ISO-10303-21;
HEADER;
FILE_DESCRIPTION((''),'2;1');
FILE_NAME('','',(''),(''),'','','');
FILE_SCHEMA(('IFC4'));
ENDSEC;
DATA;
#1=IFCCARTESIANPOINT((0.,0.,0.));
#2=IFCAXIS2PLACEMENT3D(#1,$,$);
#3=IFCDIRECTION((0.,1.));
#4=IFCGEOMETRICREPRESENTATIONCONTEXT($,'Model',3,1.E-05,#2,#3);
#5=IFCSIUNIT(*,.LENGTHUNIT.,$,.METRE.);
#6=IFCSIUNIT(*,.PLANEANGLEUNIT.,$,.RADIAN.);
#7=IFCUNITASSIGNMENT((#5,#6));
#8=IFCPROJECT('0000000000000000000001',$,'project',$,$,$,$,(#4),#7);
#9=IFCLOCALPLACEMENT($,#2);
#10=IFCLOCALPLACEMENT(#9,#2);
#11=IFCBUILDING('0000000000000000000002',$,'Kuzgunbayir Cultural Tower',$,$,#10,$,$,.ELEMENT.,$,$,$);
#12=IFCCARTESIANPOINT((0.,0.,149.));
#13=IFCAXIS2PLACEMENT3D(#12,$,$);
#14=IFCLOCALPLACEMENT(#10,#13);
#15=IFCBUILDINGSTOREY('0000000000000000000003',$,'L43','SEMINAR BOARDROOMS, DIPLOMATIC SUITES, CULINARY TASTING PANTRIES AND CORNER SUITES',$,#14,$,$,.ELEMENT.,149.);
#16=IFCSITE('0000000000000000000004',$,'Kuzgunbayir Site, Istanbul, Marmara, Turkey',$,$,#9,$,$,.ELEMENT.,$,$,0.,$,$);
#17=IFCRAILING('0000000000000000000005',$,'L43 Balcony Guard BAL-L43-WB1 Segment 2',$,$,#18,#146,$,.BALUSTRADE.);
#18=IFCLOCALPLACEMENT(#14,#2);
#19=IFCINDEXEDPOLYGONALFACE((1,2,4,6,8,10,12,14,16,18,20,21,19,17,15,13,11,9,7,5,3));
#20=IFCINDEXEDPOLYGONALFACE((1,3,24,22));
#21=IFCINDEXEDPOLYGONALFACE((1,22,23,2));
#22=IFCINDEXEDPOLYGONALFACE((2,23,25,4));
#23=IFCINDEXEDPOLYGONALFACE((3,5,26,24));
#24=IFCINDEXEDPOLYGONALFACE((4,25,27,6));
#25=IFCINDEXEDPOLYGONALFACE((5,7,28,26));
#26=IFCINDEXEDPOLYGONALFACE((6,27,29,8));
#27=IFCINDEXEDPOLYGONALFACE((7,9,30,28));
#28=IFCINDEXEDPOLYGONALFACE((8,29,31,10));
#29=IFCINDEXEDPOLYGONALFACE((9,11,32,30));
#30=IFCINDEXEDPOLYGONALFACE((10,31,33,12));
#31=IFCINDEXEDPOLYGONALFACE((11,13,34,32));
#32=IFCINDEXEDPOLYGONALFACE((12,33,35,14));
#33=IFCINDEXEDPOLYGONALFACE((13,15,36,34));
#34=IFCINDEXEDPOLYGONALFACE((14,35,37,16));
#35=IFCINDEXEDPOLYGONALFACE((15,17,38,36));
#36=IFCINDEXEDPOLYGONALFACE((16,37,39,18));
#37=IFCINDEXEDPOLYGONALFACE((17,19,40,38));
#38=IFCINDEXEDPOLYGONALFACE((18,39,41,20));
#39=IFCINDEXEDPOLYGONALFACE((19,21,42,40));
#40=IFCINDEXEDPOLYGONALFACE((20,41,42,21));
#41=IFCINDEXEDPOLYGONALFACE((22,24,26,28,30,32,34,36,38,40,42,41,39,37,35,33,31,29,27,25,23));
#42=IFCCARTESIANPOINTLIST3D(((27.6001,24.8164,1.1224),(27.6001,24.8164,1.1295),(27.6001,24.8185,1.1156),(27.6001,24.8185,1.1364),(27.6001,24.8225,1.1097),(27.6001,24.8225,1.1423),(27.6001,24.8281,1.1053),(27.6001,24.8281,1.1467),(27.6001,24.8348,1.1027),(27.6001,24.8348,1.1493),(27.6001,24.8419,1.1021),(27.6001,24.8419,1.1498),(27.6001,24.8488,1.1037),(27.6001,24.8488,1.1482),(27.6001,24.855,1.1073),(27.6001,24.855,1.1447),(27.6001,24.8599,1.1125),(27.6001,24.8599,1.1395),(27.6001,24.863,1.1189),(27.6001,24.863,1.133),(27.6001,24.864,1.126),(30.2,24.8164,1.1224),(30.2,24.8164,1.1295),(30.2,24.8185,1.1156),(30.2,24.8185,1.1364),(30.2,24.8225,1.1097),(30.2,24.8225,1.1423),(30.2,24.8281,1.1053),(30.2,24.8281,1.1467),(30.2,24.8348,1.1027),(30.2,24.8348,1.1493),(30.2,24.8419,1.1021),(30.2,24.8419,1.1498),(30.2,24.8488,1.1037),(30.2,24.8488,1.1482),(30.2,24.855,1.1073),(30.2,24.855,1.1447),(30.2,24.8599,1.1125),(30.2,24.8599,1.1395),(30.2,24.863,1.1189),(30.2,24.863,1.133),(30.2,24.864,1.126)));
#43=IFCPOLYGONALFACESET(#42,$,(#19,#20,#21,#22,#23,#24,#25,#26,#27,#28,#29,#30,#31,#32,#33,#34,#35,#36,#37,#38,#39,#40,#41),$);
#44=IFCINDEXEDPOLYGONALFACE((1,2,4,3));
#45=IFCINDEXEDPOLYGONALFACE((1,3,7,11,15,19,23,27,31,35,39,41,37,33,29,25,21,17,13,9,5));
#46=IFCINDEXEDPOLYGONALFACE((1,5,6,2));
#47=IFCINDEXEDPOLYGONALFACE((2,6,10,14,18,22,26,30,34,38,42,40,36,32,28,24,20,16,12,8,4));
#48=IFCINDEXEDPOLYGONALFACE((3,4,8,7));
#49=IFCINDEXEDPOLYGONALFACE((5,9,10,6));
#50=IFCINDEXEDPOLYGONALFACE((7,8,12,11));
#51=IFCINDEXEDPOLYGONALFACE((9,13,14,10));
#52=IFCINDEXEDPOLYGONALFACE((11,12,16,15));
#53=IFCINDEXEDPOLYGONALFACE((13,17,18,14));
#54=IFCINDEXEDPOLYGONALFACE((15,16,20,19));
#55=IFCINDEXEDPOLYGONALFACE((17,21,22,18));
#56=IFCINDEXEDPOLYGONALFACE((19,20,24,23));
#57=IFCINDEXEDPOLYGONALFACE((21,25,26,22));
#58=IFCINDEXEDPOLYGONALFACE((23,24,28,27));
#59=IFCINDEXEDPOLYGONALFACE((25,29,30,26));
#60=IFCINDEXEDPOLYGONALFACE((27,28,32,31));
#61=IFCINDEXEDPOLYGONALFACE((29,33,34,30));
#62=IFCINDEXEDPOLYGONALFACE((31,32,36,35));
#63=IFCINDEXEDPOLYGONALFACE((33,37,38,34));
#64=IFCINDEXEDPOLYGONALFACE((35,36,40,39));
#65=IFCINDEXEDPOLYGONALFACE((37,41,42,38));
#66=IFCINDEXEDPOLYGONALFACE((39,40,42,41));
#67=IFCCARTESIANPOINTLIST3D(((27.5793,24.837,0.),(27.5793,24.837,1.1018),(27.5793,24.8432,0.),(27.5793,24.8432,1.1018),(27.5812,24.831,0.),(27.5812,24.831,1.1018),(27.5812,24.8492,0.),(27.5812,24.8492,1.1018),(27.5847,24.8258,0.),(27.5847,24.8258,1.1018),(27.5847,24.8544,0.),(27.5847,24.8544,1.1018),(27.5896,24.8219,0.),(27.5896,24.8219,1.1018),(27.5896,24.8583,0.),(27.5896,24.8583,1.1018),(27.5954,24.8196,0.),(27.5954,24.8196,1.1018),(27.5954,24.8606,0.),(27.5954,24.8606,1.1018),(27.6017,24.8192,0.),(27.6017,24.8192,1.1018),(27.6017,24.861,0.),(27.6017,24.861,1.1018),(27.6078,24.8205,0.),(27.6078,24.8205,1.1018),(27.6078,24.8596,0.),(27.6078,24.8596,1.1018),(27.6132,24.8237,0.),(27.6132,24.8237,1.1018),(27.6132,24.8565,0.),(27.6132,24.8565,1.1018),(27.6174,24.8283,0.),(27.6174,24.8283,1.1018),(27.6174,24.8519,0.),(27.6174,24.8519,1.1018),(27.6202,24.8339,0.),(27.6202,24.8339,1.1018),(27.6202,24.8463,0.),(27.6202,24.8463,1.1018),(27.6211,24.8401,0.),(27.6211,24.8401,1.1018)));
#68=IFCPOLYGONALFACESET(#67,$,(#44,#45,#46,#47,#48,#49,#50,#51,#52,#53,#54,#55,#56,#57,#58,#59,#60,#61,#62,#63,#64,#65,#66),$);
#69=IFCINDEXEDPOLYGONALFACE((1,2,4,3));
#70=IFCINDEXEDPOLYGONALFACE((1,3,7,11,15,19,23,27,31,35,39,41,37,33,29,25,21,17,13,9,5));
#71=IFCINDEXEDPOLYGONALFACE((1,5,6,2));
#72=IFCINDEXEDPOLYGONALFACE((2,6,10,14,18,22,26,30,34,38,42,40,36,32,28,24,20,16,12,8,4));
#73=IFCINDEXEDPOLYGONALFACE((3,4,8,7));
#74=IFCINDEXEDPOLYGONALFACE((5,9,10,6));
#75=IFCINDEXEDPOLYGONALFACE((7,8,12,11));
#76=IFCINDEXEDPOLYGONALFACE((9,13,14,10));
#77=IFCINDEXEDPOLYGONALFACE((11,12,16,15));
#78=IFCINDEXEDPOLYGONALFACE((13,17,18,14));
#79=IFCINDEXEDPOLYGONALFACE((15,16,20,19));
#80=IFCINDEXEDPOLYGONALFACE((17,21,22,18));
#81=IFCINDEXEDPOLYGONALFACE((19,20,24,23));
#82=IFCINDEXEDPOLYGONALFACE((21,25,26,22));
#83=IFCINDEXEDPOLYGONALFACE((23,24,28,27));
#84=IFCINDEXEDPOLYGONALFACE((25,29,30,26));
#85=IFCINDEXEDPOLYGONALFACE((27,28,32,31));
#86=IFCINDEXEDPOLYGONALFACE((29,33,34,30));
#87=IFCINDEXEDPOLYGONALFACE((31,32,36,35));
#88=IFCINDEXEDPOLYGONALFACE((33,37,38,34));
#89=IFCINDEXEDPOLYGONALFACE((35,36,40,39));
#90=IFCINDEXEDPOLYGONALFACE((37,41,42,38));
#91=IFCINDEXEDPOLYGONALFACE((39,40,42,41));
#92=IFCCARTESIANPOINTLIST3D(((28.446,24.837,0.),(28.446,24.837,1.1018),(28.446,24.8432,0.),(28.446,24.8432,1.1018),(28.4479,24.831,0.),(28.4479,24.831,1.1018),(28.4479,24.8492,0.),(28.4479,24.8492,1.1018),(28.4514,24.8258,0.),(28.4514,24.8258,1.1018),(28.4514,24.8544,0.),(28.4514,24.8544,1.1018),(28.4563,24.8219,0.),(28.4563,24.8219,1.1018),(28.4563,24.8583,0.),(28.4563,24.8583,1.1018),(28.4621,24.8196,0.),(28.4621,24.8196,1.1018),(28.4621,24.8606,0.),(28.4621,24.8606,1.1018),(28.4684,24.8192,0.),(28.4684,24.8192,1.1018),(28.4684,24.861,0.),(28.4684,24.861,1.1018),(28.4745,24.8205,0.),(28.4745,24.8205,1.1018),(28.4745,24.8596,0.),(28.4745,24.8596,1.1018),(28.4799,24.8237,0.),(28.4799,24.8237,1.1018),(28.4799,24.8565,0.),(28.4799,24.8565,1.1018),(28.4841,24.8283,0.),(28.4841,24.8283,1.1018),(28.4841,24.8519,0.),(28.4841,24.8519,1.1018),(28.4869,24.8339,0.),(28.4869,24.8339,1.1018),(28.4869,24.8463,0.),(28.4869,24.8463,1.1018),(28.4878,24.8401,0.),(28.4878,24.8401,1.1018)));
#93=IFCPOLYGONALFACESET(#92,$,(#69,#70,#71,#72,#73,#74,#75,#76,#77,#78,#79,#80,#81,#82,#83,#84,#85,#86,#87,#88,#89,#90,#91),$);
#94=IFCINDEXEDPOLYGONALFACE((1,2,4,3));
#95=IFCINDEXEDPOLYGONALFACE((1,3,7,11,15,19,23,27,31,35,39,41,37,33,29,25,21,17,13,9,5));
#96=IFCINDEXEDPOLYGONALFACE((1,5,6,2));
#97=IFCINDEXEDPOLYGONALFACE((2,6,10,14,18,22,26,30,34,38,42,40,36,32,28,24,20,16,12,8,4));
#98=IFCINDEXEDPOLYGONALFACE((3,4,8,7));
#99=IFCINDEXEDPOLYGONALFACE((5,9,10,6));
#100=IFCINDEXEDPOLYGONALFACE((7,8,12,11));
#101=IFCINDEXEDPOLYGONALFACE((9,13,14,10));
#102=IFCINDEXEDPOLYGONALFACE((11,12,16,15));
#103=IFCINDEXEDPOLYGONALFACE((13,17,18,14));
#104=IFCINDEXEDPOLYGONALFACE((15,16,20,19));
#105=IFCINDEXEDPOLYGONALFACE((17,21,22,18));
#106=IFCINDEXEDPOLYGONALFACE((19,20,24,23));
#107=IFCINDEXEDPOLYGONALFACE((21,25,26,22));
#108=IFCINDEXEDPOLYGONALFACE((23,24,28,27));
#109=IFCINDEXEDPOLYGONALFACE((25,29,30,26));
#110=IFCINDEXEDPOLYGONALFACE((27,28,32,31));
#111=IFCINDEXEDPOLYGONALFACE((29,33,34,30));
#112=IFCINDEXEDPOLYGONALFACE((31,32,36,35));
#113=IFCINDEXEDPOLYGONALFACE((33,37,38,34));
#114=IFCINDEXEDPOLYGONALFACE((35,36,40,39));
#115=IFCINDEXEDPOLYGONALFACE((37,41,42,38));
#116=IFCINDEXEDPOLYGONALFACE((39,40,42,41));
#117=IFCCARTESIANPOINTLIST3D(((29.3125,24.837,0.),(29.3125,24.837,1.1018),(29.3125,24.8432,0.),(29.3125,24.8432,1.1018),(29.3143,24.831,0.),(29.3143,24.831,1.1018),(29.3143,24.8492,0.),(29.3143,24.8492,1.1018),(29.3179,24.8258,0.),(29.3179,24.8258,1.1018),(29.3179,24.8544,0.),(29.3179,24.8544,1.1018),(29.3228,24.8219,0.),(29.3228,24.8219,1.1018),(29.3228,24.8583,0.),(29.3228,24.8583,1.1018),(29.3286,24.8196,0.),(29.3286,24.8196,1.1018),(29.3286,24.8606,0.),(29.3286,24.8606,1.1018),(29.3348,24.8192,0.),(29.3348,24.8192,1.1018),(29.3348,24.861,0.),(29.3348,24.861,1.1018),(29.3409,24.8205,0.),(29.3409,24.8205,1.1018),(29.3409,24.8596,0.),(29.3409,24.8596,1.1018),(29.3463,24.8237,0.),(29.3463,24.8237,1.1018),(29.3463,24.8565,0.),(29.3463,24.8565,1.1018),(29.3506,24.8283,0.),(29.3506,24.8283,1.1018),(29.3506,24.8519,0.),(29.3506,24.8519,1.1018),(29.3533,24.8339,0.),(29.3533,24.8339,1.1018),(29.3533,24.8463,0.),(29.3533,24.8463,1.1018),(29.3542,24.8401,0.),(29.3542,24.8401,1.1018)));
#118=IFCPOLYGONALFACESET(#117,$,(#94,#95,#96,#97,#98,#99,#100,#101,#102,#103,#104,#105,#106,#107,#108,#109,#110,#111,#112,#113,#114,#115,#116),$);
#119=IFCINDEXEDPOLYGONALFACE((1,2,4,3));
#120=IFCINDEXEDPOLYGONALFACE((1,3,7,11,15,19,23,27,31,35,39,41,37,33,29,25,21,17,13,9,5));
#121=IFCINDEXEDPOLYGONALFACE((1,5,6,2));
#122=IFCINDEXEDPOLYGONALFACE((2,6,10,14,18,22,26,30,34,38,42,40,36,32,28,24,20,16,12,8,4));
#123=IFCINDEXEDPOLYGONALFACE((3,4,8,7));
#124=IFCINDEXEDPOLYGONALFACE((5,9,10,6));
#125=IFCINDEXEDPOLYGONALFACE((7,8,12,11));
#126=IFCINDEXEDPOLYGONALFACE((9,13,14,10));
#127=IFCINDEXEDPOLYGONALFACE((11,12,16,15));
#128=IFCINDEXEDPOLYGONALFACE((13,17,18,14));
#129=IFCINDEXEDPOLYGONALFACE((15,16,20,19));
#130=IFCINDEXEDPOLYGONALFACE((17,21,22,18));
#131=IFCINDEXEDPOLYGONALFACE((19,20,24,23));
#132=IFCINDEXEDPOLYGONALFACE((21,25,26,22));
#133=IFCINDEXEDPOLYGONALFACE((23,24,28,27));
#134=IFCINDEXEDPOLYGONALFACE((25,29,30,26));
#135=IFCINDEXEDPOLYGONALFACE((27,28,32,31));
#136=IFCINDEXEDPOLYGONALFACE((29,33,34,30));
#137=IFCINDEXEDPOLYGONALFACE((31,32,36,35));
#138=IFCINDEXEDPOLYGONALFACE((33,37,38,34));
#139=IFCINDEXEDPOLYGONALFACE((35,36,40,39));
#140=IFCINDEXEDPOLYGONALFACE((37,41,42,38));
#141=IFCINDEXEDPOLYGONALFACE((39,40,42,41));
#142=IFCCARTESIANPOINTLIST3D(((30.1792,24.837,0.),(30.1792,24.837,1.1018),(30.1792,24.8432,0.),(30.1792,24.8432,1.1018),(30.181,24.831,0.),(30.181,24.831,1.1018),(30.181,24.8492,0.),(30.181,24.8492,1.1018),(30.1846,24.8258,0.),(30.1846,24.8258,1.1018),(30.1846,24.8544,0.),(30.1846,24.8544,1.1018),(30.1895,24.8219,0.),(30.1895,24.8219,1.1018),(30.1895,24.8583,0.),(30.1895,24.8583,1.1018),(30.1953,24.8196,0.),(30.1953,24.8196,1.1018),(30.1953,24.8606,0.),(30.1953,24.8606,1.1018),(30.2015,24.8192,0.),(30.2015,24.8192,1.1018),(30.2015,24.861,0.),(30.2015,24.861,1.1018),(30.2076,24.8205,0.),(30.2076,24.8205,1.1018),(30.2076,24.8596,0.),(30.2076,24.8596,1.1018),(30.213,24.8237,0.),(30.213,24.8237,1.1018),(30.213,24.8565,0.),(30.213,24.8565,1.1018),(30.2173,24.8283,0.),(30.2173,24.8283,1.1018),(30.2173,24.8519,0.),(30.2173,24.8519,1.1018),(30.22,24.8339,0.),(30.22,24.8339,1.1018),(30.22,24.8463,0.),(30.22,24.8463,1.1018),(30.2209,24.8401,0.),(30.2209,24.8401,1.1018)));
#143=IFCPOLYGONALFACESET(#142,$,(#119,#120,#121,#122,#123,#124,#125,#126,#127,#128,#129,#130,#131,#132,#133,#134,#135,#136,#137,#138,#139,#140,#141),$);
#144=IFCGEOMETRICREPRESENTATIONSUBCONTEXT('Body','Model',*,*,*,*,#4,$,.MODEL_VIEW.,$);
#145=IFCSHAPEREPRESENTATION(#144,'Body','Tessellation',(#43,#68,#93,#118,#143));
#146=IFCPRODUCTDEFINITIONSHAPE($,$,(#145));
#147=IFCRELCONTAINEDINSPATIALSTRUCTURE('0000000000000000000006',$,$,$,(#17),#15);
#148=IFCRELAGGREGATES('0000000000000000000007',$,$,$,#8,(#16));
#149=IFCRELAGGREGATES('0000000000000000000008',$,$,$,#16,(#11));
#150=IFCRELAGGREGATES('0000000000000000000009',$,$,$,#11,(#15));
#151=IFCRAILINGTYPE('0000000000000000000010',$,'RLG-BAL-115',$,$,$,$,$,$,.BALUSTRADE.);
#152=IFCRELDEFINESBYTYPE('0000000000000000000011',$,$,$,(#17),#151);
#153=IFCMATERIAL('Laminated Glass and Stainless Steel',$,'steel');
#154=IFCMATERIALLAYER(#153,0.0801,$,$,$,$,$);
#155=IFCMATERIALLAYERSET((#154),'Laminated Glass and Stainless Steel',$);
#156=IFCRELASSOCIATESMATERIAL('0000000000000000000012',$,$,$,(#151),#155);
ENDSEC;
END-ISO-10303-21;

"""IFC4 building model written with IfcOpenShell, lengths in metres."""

from ifc_helpers import new_model, si_unit, direction, frame, origin, origin_2d, place, context, subcontext, project, spatial, circle, extrude, material, layer, layer_set, type_object, element, save


model = new_model("IFC4")

# Units and contexts
model_context = context("Model", 3, precision=1e-05, world=origin(), true_north=direction((0.0, 1.0)))
body_context = subcontext(model_context, "Body", "Model", "MODEL_VIEW")
ifc_project = project(units=[si_unit("LENGTHUNIT", "METRE"), si_unit("PLANEANGLEUNIT", "RADIAN")], contexts=[model_context])

# Site, building, storey
site_placement = place(None, origin())
site = spatial("IfcSite", under=ifc_project, at=site_placement, Name="Kuzgunbayir Site, Istanbul, Marmara, Turkey", CompositionType="ELEMENT", RefElevation=0.0)
building_placement = place(site_placement, origin())
building = spatial("IfcBuilding", under=site, at=building_placement, Name="Kuzgunbayir Cultural Tower", CompositionType="ELEMENT")
storey_placement = place(building_placement, frame((0.0, 0.0, 149.0)))
storey = spatial("IfcBuildingStorey", under=building, at=storey_placement, Name="L43", Description="SEMINAR BOARDROOMS, DIPLOMATIC SUITES, CULINARY TASTING PANTRIES AND CORNER SUITES", CompositionType="ELEMENT", Elevation=149.0)

# Railing
ifc_material_1 = material(Name="Laminated Glass and Stainless Steel", Category="steel")
ifc_layer_1 = layer(ifc_material_1, 0.0801)
ifc_layer_set_1 = layer_set([ifc_layer_1], Name="Laminated Glass and Stainless Steel")
railing_type = type_object("IfcRailingType", Name="RLG-BAL-115", PredefinedType="BALUSTRADE", material=ifc_layer_set_1)
railing_1_placement = place(storey_placement, frame((27.6001, 24.8401, 0.0)))
element("IfcRailing", 1, at=railing_1_placement, inside=storey, type_object=railing_type, Name="L43 Balcony Guard BAL-L43-WB1 Segment 2", PredefinedType="BALUSTRADE", context=body_context, shape_type="SweptSolid", body=[
    extrude(circle(Radius=0.0239, at=origin_2d()), frame((0.0, 0.0, 1.126), z_axis=(1.0, 0.0, 0.0), x_axis=(0.0, 1.0, 0.0)), (0.0, 0.0, 1.0), 2.5999),
    extrude(circle(Radius=0.021, at=origin_2d()), origin(), (0.0, 0.0, 1.0), 1.1018),
    extrude(circle(Radius=0.021, at=origin_2d()), frame((0.8667, 0.0, 0.0)), (0.0, 0.0, 1.0), 1.1018),
    extrude(circle(Radius=0.021, at=origin_2d()), frame((1.7332, 0.0, 0.0)), (0.0, 0.0, 1.0), 1.1018),
    extrude(circle(Radius=0.021, at=origin_2d()), frame((2.5999, 0.0, 0.0)), (0.0, 0.0, 1.0), 1.1018),
])

save(model, "model.ifc")
